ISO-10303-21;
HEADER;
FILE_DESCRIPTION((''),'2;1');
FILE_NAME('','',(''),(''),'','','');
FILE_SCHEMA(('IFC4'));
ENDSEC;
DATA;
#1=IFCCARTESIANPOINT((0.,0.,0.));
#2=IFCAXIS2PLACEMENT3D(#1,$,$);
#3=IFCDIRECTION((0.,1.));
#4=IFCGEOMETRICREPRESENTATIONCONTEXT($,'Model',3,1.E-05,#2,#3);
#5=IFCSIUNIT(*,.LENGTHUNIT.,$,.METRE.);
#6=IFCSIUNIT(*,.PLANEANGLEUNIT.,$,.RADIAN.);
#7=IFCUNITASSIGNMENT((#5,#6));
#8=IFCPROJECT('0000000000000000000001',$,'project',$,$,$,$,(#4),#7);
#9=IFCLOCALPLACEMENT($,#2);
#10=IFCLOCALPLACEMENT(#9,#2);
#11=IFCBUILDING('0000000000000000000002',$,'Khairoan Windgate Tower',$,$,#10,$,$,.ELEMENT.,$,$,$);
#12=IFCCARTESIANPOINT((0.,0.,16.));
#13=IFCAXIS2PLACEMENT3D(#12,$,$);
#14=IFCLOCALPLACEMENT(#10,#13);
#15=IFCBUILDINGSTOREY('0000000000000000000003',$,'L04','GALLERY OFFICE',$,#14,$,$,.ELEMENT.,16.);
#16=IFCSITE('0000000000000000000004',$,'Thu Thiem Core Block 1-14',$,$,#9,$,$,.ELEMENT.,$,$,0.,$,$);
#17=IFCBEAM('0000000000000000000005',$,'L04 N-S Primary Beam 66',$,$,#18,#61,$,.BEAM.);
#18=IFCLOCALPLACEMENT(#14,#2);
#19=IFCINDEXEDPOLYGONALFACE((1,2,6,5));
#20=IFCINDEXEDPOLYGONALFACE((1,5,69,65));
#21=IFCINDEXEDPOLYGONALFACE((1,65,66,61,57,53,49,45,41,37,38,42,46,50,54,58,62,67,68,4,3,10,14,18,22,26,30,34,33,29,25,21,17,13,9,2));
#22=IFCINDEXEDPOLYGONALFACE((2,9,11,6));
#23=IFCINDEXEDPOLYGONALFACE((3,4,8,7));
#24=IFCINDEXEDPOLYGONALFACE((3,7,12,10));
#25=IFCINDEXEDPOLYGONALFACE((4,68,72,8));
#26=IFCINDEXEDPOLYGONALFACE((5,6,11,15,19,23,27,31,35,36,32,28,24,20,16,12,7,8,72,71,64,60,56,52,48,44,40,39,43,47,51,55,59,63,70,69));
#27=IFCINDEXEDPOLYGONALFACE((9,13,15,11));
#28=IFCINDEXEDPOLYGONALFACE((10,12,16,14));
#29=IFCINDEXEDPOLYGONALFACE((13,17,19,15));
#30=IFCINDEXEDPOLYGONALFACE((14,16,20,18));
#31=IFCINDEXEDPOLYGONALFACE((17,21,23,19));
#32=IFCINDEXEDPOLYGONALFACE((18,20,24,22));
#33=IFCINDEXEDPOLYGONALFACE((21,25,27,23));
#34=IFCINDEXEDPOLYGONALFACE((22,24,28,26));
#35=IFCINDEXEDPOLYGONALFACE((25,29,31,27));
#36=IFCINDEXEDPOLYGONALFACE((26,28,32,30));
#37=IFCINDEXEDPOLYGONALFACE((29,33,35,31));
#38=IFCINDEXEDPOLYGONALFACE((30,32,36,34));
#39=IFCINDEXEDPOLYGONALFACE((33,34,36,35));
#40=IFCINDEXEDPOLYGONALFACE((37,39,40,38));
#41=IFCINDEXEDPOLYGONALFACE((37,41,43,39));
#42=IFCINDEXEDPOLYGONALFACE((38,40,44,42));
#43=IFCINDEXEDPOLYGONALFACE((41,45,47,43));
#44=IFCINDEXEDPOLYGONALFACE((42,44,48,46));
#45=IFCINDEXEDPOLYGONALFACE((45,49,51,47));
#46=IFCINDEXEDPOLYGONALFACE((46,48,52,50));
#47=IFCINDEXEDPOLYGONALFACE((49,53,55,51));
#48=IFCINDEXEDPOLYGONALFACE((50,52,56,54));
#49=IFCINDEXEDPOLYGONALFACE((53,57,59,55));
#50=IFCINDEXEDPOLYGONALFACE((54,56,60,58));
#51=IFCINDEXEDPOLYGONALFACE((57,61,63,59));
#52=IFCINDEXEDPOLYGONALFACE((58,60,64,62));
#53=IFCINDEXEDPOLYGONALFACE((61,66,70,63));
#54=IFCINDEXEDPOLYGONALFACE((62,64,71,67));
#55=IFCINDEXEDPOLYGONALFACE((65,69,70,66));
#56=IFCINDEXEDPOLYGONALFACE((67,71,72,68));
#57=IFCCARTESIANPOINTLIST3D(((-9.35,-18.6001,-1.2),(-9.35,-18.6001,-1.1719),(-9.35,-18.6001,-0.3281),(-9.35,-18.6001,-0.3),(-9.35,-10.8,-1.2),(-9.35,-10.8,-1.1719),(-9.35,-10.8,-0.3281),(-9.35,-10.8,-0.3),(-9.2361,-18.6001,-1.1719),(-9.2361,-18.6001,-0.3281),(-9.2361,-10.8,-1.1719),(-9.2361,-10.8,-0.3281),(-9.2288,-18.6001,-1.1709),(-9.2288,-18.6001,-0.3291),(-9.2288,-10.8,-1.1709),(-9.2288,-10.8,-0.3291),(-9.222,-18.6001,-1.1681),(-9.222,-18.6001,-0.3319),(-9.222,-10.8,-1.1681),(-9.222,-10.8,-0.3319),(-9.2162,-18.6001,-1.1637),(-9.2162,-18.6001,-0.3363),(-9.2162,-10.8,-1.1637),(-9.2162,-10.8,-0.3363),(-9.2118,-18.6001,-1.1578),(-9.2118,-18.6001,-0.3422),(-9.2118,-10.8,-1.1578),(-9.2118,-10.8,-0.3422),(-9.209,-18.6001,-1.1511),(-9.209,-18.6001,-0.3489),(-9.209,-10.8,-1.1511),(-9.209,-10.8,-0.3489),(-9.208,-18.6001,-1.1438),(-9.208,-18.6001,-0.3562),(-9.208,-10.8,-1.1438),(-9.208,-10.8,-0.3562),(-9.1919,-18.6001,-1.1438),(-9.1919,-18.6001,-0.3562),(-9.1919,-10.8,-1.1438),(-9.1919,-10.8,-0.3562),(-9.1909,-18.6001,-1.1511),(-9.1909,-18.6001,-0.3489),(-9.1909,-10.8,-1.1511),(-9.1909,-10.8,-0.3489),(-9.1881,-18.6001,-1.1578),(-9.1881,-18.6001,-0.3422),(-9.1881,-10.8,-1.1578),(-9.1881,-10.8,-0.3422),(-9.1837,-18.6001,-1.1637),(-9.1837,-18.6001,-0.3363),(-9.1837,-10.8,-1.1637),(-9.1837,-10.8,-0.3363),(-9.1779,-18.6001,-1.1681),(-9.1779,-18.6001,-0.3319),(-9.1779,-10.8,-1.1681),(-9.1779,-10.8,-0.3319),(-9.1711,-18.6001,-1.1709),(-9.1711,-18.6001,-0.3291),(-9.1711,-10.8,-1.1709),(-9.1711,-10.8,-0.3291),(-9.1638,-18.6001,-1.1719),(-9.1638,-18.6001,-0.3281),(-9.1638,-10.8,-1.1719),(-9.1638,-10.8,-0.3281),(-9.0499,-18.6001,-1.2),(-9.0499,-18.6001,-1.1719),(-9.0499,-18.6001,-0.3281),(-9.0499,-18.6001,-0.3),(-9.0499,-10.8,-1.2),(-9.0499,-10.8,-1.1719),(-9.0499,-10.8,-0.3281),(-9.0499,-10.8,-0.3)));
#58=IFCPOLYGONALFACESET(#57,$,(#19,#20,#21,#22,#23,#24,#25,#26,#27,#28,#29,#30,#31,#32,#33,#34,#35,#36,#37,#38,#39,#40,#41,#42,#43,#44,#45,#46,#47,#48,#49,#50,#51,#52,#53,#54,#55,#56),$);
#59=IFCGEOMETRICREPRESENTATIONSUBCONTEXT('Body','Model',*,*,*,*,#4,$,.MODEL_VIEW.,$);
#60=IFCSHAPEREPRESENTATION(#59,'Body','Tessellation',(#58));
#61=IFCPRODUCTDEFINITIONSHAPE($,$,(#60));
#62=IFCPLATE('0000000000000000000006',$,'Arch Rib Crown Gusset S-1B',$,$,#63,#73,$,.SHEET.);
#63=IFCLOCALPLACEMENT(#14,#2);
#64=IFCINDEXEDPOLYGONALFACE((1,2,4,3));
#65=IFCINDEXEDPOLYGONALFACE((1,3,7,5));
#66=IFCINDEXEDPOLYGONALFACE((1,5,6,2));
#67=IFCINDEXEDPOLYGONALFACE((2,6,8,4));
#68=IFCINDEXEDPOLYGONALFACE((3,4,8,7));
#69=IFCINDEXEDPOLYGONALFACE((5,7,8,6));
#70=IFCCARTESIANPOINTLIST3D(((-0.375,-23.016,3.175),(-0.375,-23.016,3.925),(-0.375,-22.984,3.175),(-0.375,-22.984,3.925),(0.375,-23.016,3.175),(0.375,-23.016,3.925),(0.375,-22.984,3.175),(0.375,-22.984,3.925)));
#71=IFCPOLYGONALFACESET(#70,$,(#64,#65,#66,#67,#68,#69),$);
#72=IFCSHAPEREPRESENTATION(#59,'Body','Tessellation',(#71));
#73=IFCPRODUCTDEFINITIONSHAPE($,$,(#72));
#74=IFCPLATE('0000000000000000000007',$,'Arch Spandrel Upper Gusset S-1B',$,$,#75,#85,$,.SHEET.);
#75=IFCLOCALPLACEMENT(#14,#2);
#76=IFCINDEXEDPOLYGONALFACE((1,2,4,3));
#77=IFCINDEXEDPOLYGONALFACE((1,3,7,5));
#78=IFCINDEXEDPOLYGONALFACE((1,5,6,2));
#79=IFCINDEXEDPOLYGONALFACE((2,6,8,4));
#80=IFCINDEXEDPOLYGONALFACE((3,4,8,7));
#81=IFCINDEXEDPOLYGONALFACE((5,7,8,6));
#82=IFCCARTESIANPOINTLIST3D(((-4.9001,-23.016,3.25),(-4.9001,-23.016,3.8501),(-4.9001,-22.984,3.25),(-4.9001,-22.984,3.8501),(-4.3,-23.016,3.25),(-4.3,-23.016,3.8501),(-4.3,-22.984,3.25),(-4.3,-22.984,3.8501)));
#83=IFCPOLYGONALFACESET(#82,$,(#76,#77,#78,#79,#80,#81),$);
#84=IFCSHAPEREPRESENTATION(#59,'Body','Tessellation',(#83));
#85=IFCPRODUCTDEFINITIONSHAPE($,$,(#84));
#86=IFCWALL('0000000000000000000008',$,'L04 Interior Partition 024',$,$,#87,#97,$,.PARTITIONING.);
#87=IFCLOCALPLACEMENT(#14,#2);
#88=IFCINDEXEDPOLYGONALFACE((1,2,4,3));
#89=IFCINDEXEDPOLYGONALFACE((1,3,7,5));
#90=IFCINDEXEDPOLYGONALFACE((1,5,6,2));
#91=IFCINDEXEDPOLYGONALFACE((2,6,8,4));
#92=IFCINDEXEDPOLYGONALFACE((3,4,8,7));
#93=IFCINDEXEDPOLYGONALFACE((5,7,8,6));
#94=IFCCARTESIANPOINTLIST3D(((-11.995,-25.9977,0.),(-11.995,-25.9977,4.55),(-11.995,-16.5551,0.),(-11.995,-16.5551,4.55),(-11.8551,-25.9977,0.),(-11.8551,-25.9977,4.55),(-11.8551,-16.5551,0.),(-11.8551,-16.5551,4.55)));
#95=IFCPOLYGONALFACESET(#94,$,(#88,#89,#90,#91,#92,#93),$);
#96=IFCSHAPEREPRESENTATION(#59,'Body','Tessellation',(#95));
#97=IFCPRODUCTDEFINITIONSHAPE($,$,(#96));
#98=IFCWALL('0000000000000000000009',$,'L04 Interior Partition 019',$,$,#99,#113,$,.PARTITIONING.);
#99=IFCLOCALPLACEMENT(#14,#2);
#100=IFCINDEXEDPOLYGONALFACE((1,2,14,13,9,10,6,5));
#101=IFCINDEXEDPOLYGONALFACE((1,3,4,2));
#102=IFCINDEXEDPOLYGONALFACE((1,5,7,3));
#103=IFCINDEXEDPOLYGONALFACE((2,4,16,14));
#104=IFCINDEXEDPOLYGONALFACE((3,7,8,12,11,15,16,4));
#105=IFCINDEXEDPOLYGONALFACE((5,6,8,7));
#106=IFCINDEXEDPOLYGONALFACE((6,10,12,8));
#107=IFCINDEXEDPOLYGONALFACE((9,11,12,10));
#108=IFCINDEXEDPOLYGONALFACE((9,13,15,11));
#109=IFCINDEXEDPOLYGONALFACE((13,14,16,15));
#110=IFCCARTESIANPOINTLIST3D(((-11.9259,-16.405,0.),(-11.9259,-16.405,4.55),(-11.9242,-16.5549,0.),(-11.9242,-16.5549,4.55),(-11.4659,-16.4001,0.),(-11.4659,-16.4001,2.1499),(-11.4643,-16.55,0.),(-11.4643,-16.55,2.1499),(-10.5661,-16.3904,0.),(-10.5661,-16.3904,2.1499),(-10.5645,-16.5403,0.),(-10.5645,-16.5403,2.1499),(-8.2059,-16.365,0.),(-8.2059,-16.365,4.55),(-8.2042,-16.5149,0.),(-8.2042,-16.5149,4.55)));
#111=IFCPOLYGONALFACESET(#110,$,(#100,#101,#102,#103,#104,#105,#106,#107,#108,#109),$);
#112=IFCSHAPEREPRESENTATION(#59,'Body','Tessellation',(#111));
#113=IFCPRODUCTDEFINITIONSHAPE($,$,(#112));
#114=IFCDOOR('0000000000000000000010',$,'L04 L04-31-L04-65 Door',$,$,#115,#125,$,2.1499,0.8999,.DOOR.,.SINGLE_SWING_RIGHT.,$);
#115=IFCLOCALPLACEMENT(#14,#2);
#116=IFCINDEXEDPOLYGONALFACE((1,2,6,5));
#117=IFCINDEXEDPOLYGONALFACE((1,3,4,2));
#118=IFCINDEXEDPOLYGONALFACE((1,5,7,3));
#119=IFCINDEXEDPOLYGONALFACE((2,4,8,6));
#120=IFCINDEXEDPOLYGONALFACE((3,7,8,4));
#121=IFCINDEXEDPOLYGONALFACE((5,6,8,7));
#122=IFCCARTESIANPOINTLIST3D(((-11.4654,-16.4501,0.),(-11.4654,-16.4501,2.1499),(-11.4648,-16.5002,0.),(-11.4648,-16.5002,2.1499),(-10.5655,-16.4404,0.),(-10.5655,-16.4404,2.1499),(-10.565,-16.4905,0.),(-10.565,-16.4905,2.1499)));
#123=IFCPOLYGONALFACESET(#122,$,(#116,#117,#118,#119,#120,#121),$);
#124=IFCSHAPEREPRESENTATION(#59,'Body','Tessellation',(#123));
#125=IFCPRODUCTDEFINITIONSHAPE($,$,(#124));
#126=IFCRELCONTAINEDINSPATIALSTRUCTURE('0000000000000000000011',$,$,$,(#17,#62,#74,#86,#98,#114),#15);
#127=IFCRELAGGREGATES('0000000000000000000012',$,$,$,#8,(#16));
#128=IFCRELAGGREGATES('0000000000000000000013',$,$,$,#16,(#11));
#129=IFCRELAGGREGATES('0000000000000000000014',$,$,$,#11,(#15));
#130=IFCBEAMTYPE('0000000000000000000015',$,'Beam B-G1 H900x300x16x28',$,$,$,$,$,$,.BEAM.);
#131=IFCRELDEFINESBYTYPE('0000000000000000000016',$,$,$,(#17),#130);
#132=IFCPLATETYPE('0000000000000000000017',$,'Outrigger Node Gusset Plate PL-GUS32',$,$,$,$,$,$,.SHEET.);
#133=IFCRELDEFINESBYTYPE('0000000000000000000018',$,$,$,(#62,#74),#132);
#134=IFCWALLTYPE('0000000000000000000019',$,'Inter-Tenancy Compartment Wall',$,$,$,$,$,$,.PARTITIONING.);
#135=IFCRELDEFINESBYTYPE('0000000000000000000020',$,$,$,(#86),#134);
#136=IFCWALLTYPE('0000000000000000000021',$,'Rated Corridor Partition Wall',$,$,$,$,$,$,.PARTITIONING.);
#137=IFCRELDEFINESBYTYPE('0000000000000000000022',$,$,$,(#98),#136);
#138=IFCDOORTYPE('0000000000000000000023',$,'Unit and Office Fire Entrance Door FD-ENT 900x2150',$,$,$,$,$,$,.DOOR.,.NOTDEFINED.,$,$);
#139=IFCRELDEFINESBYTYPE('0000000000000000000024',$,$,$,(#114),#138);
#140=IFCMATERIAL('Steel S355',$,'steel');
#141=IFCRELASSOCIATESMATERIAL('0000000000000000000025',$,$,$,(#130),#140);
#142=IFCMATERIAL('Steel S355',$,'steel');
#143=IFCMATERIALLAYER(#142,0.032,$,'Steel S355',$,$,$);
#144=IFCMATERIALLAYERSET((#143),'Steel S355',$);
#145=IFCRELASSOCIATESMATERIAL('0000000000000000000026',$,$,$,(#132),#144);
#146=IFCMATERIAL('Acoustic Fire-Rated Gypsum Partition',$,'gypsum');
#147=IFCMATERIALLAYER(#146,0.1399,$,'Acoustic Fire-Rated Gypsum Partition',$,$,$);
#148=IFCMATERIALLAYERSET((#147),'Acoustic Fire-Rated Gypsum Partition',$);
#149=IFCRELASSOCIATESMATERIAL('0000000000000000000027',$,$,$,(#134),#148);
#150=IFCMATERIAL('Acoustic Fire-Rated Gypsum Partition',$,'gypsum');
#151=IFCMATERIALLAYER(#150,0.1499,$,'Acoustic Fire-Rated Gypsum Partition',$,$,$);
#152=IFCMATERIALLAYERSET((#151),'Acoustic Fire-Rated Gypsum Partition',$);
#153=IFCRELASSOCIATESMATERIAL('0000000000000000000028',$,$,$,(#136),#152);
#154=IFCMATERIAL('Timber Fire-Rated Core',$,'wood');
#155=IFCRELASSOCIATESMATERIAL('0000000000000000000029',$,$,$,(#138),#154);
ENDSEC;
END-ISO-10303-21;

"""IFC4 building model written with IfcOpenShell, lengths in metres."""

from ifc_helpers import new_model, si_unit, direction, frame, frame_2d, origin, origin_2d, place, context, subcontext, project, spatial, rectangle, i_section, extrude, material, layer, layer_set, material_profile, profile_set, type_object, element, fill, save


model = new_model("IFC4")

# Units and contexts
model_context = context("Model", 3, precision=1e-05, world=origin(), true_north=direction((0.0, 1.0)))
body_context = subcontext(model_context, "Body", "Model", "MODEL_VIEW")
ifc_project = project(units=[si_unit("LENGTHUNIT", "METRE"), si_unit("PLANEANGLEUNIT", "RADIAN")], contexts=[model_context])

# Site, building, storey
site_placement = place(None, origin())
site = spatial("IfcSite", under=ifc_project, at=site_placement, Name="Thu Thiem Core Block 1-14", CompositionType="ELEMENT", RefElevation=0.0)
building_placement = place(site_placement, origin())
building = spatial("IfcBuilding", under=site, at=building_placement, Name="Khairoan Windgate Tower", CompositionType="ELEMENT")
storey_placement = place(building_placement, frame((0.0, 0.0, 16.0)))
storey = spatial("IfcBuildingStorey", under=building, at=storey_placement, Name="L04", Description="GALLERY OFFICE", CompositionType="ELEMENT", Elevation=16.0)

# Beam
ifc_material_1 = material(Name="Steel S355", Category="steel")
ifc_material_profile_1 = material_profile(ifc_material_1, i_section(OverallWidth=0.3, OverallDepth=0.8999, WebThickness=0.0161, FlangeThickness=0.0281, FilletRadius=0.0281, at=origin_2d()))
ifc_profile_set_1 = profile_set([ifc_material_profile_1], Name="Steel S355")
beam_type = type_object("IfcBeamType", Name="Beam B-G1 H900x300x16x28", PredefinedType="BEAM", material=ifc_profile_set_1)
beam_1_placement = place(storey_placement, frame((-9.2, -18.6001, -0.75), z_axis=(0.0, 1.0, 0.0), x_axis=(-1.0, 0.0, 0.0)))
element("IfcBeam", 1, at=beam_1_placement, inside=storey, type_object=beam_type, Name="L04 N-S Primary Beam 66", PredefinedType="BEAM", context=body_context, shape_type="SweptSolid", body=[
    extrude(i_section(OverallWidth=0.3, OverallDepth=0.8999, WebThickness=0.0161, FlangeThickness=0.0281, FilletRadius=0.0281, at=origin_2d()), origin(), (0.0, 0.0, 1.0), 7.8),
])

# Plates
ifc_material_2 = material(Name="Steel S355", Category="steel")
ifc_layer_1 = layer(ifc_material_2, 0.032, Name="Steel S355")
ifc_layer_set_1 = layer_set([ifc_layer_1], Name="Steel S355")
plate_type = type_object("IfcPlateType", Name="Outrigger Node Gusset Plate PL-GUS32", PredefinedType="SHEET", material=ifc_layer_set_1)
plate_1_placement = place(storey_placement, frame((0.0, -23.0, 3.175), z_axis=(0.0, 0.0, 1.0), x_axis=(1.0, 0.0, 0.0)))
element("IfcPlate", 2, at=plate_1_placement, inside=storey, type_object=plate_type, Name="Arch Rib Crown Gusset S-1B", PredefinedType="SHEET", context=body_context, shape_type="SweptSolid", body=[
    extrude(rectangle(XDim=0.75, YDim=0.032, at=origin_2d()), origin(), (0.0, 0.0, 1.0), 0.75),
])
plate_2_placement = place(storey_placement, frame((-4.6001, -23.0, 3.25), z_axis=(0.0, 0.0, 1.0), x_axis=(1.0, 0.0, 0.0)))
element("IfcPlate", 3, at=plate_2_placement, inside=storey, type_object=plate_type, Name="Arch Spandrel Upper Gusset S-1B", PredefinedType="SHEET", context=body_context, shape_type="SweptSolid", body=[
    extrude(rectangle(XDim=0.6001, YDim=0.032, at=origin_2d()), origin(), (0.0, 0.0, 1.0), 0.6001),
])

# Wall
ifc_material_3 = material(Name="Acoustic Fire-Rated Gypsum Partition", Category="gypsum")
ifc_layer_2 = layer(ifc_material_3, 0.1399, Name="Acoustic Fire-Rated Gypsum Partition")
ifc_layer_set_2 = layer_set([ifc_layer_2], Name="Acoustic Fire-Rated Gypsum Partition")
wall_type_1 = type_object("IfcWallType", Name="Inter-Tenancy Compartment Wall", PredefinedType="PARTITIONING", material=ifc_layer_set_2)
wall_1_placement = place(storey_placement, frame((-11.925, -25.9976, 0.0), z_axis=(0.0, 0.0, 1.0), x_axis=(0.0, 1.0, 0.0)))
element("IfcWall", 4, at=wall_1_placement, inside=storey, type_object=wall_type_1, Name="L04 Interior Partition 024", PredefinedType="PARTITIONING", context=body_context, shape_type="SweptSolid", body=[
    extrude(rectangle(XDim=9.4426, YDim=0.1399, at=frame_2d((4.7212, 0.0))), origin(), (0.0, 0.0, 1.0), 4.55),
])

# Wall, opening, door
ifc_material_4 = material(Name="Acoustic Fire-Rated Gypsum Partition", Category="gypsum")
ifc_layer_3 = layer(ifc_material_4, 0.1499, Name="Acoustic Fire-Rated Gypsum Partition")
ifc_layer_set_3 = layer_set([ifc_layer_3], Name="Acoustic Fire-Rated Gypsum Partition")
wall_type_2 = type_object("IfcWallType", Name="Rated Corridor Partition Wall", PredefinedType="PARTITIONING", material=ifc_layer_set_3)
wall_2_placement = place(storey_placement, frame((-11.925, -16.48, 0.0), z_axis=(0.0, 0.0, 1.0), x_axis=(0.999942, 0.010763, 0.0)))
wall_2 = element("IfcWall", 5, at=wall_2_placement, inside=storey, type_object=wall_type_2, Name="L04 Interior Partition 019", PredefinedType="PARTITIONING", context=body_context, shape_type="SweptSolid", body=[
    extrude(rectangle(XDim=3.7202, YDim=0.1499, at=frame_2d((1.8601, 0.0))), origin(), (0.0, 0.0, 1.0), 4.55),
])
opening_1_placement = place(wall_2_placement, frame((0.46, 0.0, 0.0)))
opening_1 = element("IfcOpeningElement", 6, at=opening_1_placement, cuts=wall_2, PredefinedType="OPENING", context=body_context, shape_type="SweptSolid", body=[
    extrude(rectangle(XDim=0.8999, YDim=2.1499, at=frame_2d((0.45, 1.075))), frame((0.0, 0.085, 0.0), z_axis=(0.0, -1.0, 0.0), x_axis=(1.0, 0.0, 0.0)), (0.0, 0.0, 1.0), 0.1699),
])
ifc_material_5 = material(Name="Timber Fire-Rated Core", Category="wood")
door_type_1 = type_object("IfcDoorType", Name="Unit and Office Fire Entrance Door FD-ENT 900x2150", OperationType="NOTDEFINED", PredefinedType="DOOR", material=ifc_material_5)
door_1_placement = place(opening_1_placement, origin())
door_1 = element("IfcDoor", 7, at=door_1_placement, inside=storey, type_object=door_type_1, Name="L04 L04-31-L04-65 Door", OperationType="SINGLE_SWING_RIGHT", OverallHeight=2.1499, OverallWidth=0.8999, PredefinedType="DOOR", context=body_context, shape_type="SweptSolid", body=[
    extrude(rectangle(XDim=0.8999, YDim=2.1499, at=frame_2d((0.45, 1.075))), frame((0.0, 0.0249, 0.0), z_axis=(0.0, -1.0, 0.0), x_axis=(1.0, 0.0, 0.0)), (0.0, 0.0, 1.0), 0.05),
])
fill(opening_1, door_1)

save(model, "model.ifc")
